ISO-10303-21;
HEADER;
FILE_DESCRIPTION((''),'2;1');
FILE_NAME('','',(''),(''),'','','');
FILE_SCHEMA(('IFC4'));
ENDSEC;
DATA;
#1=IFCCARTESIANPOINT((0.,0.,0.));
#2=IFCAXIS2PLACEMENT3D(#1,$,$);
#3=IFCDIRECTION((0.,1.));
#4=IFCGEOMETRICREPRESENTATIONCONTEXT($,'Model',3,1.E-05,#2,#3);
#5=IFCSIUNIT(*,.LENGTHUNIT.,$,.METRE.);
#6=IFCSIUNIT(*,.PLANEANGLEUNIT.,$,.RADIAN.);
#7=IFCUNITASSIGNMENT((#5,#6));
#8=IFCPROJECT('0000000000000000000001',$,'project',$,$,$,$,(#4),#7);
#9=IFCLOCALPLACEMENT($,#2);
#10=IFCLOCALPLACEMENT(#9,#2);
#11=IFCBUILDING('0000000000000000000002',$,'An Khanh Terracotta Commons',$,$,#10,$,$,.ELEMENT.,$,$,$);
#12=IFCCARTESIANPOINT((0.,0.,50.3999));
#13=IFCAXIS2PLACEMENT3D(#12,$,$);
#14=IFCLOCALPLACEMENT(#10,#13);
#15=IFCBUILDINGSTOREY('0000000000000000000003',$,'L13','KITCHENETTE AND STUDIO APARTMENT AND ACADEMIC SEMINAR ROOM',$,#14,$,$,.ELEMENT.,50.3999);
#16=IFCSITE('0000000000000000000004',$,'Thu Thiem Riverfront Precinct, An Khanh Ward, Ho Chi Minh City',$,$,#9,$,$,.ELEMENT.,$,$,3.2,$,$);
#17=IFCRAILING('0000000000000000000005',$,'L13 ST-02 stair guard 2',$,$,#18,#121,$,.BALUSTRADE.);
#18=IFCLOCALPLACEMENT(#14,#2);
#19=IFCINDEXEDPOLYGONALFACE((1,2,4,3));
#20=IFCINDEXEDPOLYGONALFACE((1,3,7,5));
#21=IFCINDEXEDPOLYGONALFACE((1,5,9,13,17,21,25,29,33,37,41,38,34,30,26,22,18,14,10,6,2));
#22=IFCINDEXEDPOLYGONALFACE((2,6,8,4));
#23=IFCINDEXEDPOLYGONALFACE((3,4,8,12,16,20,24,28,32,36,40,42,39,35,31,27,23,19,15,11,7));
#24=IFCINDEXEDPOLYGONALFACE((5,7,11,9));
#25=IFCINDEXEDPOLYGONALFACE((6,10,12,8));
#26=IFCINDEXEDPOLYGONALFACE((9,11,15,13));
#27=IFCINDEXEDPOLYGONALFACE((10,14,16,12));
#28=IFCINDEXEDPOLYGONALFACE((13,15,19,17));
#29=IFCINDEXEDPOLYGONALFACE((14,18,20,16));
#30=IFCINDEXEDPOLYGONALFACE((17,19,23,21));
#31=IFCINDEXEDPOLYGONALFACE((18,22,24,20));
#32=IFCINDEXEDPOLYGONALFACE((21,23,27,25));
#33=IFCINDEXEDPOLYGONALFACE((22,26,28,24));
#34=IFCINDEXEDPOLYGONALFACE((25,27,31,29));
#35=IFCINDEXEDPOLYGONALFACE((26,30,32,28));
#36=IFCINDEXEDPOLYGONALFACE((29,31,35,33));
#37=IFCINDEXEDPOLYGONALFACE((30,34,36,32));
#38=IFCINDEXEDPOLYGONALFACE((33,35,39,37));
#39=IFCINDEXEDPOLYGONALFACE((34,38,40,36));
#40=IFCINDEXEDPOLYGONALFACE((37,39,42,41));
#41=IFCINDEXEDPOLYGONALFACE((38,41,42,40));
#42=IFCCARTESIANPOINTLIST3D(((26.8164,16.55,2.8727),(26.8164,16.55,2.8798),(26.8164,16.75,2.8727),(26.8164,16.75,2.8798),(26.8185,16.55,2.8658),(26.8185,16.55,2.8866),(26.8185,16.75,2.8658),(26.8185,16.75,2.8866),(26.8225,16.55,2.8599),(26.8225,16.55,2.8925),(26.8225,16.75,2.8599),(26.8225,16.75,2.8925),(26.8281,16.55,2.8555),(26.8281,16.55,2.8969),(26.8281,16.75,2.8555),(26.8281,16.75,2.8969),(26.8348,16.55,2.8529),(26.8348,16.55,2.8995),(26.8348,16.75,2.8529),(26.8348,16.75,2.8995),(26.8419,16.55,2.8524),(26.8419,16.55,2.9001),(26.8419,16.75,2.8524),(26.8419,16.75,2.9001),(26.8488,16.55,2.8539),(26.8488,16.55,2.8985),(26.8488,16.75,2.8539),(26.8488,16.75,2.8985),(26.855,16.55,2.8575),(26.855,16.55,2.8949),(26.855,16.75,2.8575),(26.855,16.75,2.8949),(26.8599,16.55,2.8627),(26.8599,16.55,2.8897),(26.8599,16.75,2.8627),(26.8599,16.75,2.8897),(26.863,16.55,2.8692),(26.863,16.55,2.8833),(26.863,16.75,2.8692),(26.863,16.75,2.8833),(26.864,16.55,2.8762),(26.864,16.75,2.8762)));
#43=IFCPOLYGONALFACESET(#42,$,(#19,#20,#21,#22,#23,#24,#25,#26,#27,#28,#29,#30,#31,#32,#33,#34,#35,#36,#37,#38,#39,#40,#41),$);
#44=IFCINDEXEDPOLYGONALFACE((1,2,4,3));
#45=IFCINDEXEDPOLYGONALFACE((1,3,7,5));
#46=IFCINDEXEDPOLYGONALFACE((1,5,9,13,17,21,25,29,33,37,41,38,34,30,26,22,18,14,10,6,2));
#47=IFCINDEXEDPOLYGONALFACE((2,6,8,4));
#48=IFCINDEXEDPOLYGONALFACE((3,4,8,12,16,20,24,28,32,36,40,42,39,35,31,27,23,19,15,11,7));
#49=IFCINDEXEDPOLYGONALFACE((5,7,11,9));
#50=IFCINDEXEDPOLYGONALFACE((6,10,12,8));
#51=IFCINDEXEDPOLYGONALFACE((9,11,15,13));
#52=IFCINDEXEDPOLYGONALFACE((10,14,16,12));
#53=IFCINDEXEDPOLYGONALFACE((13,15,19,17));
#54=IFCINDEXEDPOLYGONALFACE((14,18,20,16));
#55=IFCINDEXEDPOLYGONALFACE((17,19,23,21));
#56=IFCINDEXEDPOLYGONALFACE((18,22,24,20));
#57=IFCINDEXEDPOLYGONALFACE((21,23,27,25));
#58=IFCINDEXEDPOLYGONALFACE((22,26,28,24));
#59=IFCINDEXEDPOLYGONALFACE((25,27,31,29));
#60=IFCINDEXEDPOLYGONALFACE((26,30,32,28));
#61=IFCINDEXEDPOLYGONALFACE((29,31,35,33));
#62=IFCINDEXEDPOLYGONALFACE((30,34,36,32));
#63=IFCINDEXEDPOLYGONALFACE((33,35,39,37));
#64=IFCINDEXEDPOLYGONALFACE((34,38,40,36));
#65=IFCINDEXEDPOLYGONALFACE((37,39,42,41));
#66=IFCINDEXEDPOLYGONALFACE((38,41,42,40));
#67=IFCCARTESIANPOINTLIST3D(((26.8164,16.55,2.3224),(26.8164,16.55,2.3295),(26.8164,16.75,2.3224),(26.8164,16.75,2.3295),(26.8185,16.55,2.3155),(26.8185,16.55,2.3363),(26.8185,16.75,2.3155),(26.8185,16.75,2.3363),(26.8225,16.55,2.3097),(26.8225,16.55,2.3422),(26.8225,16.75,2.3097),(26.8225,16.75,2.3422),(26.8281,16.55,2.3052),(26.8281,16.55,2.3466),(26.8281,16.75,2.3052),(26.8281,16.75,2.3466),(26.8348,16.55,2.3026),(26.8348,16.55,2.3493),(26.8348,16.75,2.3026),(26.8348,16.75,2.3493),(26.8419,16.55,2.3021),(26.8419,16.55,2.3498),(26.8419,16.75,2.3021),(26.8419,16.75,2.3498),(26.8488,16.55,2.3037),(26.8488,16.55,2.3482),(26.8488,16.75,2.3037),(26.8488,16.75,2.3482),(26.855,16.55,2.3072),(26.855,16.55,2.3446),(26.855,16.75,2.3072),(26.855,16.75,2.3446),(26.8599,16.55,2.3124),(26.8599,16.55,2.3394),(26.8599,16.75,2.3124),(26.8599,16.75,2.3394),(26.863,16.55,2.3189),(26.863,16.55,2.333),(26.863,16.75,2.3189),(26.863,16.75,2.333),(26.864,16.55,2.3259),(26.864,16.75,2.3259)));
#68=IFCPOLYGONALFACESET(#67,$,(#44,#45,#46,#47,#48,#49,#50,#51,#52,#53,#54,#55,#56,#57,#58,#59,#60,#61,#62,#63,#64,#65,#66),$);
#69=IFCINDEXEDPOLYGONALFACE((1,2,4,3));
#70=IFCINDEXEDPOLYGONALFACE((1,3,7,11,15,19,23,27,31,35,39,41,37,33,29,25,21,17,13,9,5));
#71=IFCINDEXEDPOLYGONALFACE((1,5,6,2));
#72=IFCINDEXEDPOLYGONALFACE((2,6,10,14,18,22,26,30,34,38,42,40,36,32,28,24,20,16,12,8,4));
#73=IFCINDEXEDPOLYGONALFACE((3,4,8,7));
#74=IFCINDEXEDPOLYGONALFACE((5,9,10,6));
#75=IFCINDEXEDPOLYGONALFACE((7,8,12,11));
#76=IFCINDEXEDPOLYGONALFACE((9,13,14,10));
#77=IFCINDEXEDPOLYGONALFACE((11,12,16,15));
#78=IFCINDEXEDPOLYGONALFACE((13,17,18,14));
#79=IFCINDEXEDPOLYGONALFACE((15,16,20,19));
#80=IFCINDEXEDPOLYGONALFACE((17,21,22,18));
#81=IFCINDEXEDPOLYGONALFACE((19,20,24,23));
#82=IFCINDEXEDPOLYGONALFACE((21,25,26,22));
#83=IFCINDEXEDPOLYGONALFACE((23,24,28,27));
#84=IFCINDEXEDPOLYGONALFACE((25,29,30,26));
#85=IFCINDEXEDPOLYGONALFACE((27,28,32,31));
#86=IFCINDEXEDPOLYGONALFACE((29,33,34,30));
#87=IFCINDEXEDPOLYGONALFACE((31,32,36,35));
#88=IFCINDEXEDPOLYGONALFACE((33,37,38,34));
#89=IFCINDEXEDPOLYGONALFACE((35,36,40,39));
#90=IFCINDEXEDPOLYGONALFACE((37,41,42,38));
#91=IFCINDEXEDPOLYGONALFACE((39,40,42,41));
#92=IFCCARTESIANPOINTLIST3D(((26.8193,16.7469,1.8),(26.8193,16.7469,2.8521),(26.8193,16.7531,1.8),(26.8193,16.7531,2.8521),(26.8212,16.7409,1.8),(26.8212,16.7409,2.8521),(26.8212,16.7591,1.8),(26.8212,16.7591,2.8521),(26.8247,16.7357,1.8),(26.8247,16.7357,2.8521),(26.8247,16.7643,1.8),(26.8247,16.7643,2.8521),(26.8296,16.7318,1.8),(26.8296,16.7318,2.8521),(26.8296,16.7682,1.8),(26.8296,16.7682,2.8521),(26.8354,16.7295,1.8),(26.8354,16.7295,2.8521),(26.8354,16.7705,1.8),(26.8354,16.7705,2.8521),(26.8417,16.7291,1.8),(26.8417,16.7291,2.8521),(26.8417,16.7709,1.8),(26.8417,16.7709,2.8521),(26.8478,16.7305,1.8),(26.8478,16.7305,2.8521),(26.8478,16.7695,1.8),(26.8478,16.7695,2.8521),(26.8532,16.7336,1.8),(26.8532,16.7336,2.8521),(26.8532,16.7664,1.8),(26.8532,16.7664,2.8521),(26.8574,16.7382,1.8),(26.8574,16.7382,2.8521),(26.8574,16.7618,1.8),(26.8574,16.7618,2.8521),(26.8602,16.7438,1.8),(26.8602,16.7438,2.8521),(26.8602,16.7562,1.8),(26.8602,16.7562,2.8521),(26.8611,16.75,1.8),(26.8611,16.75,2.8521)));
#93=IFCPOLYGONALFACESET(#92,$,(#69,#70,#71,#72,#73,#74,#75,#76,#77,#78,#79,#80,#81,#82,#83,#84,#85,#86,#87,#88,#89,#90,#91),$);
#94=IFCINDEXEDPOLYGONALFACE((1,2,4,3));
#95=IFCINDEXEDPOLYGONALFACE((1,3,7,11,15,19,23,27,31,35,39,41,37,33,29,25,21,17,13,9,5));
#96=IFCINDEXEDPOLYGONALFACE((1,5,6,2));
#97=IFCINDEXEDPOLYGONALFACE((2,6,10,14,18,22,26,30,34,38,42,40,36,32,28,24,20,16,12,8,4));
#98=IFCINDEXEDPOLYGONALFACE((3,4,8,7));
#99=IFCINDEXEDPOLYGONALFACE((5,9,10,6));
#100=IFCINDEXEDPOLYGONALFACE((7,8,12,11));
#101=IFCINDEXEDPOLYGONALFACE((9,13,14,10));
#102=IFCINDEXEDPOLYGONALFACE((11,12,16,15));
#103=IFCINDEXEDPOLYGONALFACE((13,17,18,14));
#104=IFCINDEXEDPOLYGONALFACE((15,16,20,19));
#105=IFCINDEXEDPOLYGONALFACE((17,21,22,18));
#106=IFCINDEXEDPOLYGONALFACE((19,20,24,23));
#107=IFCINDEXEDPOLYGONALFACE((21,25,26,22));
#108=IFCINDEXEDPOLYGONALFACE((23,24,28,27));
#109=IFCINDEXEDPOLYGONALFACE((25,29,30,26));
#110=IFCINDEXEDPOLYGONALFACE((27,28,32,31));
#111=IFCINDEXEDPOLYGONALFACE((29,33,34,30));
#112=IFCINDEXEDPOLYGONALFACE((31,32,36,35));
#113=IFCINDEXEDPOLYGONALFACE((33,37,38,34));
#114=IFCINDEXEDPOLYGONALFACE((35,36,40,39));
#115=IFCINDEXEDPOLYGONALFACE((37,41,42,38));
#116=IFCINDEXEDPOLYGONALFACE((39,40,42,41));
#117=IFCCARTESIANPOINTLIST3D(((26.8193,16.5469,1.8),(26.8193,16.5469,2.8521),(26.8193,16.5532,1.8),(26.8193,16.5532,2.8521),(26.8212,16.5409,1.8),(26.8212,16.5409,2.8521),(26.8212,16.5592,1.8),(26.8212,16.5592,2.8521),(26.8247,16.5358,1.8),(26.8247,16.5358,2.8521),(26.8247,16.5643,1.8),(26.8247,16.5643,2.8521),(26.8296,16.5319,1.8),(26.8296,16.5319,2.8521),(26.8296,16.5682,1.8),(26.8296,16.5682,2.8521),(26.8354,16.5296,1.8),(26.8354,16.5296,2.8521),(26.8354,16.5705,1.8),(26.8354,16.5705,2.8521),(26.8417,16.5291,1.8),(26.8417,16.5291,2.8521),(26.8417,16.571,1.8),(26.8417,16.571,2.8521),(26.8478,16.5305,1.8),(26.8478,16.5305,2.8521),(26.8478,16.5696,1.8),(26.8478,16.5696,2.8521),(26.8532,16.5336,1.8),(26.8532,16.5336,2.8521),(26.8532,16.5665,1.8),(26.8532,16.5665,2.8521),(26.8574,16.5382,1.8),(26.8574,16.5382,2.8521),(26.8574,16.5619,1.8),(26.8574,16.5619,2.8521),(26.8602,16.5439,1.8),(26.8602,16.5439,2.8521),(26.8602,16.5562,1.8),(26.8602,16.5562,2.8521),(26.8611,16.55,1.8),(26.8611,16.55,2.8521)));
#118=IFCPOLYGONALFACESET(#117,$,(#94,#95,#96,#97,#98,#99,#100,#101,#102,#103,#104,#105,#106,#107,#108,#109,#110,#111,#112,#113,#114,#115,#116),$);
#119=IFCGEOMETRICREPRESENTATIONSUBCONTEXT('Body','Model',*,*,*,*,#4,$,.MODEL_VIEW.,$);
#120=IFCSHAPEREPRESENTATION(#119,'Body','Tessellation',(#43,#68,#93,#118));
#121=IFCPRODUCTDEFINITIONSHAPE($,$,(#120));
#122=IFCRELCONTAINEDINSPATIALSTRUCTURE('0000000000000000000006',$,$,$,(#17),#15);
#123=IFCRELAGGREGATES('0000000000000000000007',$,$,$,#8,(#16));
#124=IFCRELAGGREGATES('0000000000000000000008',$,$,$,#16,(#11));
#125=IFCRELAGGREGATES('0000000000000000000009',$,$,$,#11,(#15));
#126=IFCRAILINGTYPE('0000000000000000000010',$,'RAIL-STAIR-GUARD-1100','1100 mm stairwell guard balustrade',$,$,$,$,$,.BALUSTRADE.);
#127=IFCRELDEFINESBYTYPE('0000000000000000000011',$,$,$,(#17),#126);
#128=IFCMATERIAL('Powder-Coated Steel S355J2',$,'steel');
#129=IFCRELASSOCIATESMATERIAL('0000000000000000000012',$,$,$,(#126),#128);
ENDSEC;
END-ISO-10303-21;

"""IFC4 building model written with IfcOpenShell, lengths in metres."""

from ifc_helpers import new_model, si_unit, direction, frame, origin, origin_2d, place, context, subcontext, project, spatial, circle, extrude, material, type_object, element, save


model = new_model("IFC4")

# Units and contexts
model_context = context("Model", 3, precision=1e-05, world=origin(), true_north=direction((0.0, 1.0)))
body_context = subcontext(model_context, "Body", "Model", "MODEL_VIEW")
ifc_project = project(units=[si_unit("LENGTHUNIT", "METRE"), si_unit("PLANEANGLEUNIT", "RADIAN")], contexts=[model_context])

# Site, building, storey
site_placement = place(None, origin())
site = spatial("IfcSite", under=ifc_project, at=site_placement, Name="Thu Thiem Riverfront Precinct, An Khanh Ward, Ho Chi Minh City", CompositionType="ELEMENT", RefElevation=3.2)
building_placement = place(site_placement, origin())
building = spatial("IfcBuilding", under=site, at=building_placement, Name="An Khanh Terracotta Commons", CompositionType="ELEMENT")
storey_placement = place(building_placement, frame((0.0, 0.0, 50.3999)))
storey = spatial("IfcBuildingStorey", under=building, at=storey_placement, Name="L13", Description="KITCHENETTE AND STUDIO APARTMENT AND ACADEMIC SEMINAR ROOM", CompositionType="ELEMENT", Elevation=50.3999)

# Railing
ifc_material_1 = material(Name="Powder-Coated Steel S355J2", Category="steel")
railing_type_1 = type_object("IfcRailingType", Name="RAIL-STAIR-GUARD-1100", Description="1100 mm stairwell guard balustrade", PredefinedType="BALUSTRADE", material=ifc_material_1)
railing_1_placement = place(storey_placement, frame((26.8401, 16.75, 1.8)))
element("IfcRailing", 1, at=railing_1_placement, inside=storey, type_object=railing_type_1, Name="L13 ST-02 stair guard 2", PredefinedType="BALUSTRADE", context=body_context, shape_type="SweptSolid", body=[
    extrude(circle(Radius=0.0239, at=origin_2d()), frame((0.0, 0.0, 1.0762), z_axis=(0.0, -1.0, 0.0), x_axis=(1.0, 0.0, 0.0)), (0.0, 0.0, 1.0), 0.2),
    extrude(circle(Radius=0.0239, at=origin_2d()), frame((0.0, 0.0, 0.5259), z_axis=(0.0, -1.0, 0.0), x_axis=(1.0, 0.0, 0.0)), (0.0, 0.0, 1.0), 0.2),
    extrude(circle(Radius=0.021, at=origin_2d()), origin(), (0.0, 0.0, 1.0), 1.052),
    extrude(circle(Radius=0.021, at=origin_2d()), frame((0.0, -0.2, 0.0)), (0.0, 0.0, 1.0), 1.052),
])

save(model, "model.ifc")
